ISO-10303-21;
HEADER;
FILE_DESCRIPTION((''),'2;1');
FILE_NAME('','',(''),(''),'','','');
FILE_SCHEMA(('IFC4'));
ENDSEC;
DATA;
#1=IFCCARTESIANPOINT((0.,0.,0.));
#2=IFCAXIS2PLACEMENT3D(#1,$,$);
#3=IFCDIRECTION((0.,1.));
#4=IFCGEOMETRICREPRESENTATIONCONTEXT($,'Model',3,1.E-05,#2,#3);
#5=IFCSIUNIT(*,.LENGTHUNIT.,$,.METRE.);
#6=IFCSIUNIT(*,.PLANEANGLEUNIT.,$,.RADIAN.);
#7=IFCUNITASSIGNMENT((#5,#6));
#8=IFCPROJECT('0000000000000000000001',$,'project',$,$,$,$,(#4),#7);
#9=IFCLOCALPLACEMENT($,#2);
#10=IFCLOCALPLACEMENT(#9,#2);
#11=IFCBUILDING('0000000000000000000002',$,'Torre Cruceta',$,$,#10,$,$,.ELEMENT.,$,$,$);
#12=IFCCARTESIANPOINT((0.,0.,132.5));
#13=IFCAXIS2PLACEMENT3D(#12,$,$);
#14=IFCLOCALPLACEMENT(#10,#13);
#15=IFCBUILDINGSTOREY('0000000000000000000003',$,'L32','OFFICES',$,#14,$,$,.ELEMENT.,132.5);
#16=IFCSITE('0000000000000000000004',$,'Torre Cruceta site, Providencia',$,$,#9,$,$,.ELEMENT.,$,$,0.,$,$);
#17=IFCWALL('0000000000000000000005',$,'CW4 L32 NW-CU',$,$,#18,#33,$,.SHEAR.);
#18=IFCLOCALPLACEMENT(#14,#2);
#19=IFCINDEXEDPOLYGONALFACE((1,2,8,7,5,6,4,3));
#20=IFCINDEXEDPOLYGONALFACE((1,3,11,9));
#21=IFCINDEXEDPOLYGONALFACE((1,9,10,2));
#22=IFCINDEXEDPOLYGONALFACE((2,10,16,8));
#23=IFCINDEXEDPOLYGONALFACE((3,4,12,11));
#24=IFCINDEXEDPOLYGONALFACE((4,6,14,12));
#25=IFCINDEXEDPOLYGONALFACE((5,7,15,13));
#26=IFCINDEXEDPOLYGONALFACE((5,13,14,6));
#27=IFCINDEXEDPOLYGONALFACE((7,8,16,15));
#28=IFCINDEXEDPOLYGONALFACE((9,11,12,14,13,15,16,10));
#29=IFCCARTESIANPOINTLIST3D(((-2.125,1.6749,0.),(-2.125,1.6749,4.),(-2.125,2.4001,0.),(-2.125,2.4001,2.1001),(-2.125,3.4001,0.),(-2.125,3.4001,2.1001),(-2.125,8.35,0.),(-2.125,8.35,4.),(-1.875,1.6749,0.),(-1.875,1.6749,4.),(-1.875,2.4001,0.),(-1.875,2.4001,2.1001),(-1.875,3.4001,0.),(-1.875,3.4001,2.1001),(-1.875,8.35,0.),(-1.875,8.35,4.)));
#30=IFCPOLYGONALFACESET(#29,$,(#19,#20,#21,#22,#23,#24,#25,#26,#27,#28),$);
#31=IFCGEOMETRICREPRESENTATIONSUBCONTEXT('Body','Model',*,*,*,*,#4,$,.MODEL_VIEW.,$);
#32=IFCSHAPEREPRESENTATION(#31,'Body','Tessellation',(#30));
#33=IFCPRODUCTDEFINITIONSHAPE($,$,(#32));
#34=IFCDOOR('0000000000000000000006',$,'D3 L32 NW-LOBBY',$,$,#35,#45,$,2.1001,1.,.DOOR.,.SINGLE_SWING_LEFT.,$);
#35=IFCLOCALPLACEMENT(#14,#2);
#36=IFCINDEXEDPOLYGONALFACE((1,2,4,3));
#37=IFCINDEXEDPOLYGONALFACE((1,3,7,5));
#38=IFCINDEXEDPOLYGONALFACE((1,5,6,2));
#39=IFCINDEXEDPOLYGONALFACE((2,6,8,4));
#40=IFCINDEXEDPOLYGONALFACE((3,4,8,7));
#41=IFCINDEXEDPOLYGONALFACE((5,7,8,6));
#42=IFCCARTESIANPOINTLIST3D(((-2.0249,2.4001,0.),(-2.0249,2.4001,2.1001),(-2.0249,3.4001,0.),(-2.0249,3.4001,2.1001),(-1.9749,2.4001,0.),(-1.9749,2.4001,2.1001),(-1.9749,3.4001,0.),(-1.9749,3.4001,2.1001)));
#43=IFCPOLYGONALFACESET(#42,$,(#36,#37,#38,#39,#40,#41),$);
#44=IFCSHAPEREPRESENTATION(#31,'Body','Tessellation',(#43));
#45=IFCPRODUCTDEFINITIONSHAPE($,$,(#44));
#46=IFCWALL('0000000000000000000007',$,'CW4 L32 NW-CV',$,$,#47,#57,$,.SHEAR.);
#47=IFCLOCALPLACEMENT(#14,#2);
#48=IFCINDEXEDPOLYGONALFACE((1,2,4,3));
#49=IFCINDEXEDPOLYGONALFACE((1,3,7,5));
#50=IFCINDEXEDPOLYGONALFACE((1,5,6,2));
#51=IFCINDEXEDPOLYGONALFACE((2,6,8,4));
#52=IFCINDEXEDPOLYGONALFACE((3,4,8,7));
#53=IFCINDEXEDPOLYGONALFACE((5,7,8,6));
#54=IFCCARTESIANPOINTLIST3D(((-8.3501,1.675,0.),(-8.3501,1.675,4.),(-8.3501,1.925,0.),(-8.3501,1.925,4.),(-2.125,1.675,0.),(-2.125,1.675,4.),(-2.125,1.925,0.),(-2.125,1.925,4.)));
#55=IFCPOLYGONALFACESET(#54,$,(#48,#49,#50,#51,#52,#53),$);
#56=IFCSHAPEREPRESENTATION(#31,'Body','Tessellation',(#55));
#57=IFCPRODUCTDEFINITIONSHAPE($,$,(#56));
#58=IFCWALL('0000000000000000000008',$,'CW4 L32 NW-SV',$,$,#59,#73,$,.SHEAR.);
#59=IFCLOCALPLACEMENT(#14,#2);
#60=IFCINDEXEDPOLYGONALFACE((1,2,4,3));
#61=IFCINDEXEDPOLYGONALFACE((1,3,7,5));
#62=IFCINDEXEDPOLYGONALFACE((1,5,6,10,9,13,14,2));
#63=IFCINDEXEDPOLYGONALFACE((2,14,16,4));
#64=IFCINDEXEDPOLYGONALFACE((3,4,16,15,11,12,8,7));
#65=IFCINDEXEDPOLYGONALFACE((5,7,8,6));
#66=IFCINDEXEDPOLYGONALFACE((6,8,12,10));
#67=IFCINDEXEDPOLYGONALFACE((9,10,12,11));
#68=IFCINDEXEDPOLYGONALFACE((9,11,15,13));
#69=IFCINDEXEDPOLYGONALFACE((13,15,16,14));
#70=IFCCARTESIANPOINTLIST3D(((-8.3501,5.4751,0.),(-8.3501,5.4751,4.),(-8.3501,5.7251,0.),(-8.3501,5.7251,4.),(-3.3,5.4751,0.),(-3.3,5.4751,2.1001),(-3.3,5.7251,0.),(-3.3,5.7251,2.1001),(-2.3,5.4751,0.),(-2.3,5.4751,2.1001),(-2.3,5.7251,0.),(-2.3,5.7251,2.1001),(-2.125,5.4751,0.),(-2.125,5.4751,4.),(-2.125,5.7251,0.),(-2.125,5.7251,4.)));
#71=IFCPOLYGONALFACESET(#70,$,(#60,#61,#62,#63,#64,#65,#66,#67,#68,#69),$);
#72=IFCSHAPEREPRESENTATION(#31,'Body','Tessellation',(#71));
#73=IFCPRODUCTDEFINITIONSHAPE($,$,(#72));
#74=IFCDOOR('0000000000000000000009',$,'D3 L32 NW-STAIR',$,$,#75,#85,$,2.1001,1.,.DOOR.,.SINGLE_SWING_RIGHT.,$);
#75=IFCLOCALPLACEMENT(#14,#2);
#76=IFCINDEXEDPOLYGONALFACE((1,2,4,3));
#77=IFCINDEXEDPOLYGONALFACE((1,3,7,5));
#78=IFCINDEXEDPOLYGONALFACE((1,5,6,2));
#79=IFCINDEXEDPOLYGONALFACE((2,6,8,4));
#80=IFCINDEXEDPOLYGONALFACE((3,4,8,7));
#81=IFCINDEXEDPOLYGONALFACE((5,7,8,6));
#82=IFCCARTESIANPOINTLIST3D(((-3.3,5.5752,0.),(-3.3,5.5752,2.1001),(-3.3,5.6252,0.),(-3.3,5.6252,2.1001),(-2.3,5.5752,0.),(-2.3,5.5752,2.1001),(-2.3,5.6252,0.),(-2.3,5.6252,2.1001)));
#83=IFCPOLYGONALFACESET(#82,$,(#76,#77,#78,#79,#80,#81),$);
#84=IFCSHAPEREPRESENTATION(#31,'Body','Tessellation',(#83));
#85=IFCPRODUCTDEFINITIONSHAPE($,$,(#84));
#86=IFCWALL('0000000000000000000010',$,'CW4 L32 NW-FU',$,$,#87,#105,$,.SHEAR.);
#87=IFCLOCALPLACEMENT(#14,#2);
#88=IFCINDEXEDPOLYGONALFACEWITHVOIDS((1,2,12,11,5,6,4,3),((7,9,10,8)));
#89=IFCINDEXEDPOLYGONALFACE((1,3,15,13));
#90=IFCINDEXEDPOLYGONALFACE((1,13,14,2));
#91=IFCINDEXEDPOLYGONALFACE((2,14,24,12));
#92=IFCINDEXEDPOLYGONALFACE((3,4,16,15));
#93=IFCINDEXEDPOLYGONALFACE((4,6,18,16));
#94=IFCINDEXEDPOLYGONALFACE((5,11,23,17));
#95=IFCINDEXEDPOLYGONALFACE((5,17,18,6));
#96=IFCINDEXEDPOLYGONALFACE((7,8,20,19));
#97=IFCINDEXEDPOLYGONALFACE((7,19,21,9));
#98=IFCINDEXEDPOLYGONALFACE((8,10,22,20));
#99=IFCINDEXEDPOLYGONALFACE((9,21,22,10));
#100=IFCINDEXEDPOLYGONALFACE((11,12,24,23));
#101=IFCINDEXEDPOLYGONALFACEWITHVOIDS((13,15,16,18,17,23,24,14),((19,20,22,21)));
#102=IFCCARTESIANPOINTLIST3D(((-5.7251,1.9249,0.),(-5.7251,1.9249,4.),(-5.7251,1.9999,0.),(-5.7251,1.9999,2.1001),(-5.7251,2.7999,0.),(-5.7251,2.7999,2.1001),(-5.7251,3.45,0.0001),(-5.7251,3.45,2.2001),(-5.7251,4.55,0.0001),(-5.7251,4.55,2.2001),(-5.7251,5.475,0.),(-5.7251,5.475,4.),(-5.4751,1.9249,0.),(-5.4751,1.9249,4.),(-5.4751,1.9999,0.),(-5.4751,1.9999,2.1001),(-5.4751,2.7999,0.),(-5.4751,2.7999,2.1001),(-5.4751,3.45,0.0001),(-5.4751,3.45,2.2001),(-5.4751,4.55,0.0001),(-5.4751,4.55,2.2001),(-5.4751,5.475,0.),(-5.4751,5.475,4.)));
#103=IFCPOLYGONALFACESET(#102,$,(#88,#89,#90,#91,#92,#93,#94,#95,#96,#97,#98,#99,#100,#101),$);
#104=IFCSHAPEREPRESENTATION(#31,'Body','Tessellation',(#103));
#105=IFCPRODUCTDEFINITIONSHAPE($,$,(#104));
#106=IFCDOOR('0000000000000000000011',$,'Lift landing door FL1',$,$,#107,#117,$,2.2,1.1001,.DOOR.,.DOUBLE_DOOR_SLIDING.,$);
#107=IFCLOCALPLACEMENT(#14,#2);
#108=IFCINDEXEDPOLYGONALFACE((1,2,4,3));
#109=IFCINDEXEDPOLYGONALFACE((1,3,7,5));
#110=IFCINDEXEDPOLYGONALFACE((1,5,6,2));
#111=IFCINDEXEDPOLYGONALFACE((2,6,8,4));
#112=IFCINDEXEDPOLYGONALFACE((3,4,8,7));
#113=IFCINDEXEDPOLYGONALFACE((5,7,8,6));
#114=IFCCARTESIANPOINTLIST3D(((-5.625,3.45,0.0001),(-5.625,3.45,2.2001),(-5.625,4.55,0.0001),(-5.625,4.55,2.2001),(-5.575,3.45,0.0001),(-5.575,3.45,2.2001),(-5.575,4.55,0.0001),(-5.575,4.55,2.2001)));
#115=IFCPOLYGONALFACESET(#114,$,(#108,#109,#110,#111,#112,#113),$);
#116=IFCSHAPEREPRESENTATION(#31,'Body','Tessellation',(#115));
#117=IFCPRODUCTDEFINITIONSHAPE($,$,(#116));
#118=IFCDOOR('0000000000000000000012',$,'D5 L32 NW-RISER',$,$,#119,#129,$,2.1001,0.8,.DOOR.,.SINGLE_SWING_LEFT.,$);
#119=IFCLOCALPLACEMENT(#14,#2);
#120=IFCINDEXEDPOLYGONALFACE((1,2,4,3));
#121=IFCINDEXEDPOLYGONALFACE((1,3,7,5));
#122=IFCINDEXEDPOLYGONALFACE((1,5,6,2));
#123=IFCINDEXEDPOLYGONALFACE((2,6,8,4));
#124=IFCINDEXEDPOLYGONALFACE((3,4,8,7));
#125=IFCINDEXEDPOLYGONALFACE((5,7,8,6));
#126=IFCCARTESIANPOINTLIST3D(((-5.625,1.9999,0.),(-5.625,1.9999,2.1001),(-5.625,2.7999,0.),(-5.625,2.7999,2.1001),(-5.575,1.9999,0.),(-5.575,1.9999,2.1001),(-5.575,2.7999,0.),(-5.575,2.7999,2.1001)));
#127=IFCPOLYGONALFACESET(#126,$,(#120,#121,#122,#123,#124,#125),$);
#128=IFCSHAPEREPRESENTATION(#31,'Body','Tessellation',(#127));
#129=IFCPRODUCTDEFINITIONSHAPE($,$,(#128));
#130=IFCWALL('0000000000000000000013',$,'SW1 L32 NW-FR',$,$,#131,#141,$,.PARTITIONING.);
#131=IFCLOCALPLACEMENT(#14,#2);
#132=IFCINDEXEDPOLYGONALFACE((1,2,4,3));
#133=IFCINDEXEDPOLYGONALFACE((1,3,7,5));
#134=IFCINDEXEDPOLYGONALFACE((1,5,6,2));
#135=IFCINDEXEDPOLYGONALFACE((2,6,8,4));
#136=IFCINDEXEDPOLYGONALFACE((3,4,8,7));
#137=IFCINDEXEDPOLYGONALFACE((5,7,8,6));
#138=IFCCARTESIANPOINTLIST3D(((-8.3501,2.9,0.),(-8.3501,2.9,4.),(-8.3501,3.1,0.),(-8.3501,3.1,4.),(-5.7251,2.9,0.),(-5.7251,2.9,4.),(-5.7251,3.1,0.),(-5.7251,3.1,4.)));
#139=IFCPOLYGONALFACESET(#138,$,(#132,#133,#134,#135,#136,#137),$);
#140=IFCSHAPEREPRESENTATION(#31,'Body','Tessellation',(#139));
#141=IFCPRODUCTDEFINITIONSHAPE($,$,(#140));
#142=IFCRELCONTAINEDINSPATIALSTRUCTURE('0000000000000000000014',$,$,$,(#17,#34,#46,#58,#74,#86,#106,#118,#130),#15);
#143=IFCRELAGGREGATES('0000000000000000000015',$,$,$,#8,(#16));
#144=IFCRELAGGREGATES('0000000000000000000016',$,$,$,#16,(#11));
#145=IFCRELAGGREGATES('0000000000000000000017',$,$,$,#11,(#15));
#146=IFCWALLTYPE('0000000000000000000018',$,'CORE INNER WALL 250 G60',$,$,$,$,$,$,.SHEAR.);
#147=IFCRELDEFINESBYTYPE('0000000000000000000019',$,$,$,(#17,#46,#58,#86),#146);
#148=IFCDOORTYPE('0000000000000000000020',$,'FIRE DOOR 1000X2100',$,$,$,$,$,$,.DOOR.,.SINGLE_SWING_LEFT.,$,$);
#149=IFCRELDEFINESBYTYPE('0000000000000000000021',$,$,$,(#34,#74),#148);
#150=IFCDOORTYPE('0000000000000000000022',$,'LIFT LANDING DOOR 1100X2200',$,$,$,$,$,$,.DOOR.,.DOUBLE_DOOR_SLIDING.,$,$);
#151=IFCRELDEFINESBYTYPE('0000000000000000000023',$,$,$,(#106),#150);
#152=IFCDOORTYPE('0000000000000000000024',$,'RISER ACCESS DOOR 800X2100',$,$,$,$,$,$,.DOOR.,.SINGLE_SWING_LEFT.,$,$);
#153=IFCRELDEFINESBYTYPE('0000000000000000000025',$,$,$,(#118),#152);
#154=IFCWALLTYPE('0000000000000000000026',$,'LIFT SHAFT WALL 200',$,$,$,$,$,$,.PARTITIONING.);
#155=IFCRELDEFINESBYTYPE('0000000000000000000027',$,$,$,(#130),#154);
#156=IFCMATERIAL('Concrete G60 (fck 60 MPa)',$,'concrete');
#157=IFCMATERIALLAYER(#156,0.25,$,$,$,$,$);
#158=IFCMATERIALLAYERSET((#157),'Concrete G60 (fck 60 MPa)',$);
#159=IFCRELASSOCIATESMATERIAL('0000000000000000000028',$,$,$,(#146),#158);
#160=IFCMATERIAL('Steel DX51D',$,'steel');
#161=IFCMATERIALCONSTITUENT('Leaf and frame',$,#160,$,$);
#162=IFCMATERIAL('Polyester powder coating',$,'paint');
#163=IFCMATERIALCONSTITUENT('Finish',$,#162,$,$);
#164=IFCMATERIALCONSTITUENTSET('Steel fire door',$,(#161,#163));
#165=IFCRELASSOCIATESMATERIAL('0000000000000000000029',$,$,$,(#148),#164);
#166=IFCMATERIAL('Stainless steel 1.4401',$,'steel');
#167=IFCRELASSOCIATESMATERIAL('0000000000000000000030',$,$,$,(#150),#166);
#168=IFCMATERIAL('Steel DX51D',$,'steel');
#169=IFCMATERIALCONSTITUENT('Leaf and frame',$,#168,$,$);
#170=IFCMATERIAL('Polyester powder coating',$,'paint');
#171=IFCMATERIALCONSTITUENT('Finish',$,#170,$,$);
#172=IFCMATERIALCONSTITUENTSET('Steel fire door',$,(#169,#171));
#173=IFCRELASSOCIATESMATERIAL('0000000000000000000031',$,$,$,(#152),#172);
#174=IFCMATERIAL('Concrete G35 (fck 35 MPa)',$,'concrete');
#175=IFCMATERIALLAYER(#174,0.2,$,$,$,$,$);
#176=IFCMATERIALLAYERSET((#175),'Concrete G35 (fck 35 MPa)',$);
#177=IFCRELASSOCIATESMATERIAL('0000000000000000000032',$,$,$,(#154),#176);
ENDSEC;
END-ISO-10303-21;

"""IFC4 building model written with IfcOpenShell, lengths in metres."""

from ifc_helpers import new_model, si_unit, direction, frame, frame_2d, origin, place, context, subcontext, project, spatial, rectangle, extrude, material, layer, layer_set, constituent, constituent_set, type_object, element, fill, save


model = new_model("IFC4")

# Units and contexts
model_context = context("Model", 3, precision=1e-05, world=origin(), true_north=direction((0.0, 1.0)))
body_context = subcontext(model_context, "Body", "Model", "MODEL_VIEW")
ifc_project = project(units=[si_unit("LENGTHUNIT", "METRE"), si_unit("PLANEANGLEUNIT", "RADIAN")], contexts=[model_context])

# Site, building, storey
site_placement = place(None, origin())
site = spatial("IfcSite", under=ifc_project, at=site_placement, Name="Torre Cruceta site, Providencia", CompositionType="ELEMENT", RefElevation=0.0)
building_placement = place(site_placement, origin())
building = spatial("IfcBuilding", under=site, at=building_placement, Name="Torre Cruceta", CompositionType="ELEMENT")
storey_placement = place(building_placement, frame((0.0, 0.0, 132.5)))
storey = spatial("IfcBuildingStorey", under=building, at=storey_placement, Name="L32", Description="OFFICES", CompositionType="ELEMENT", Elevation=132.5)

# Wall, opening, door
ifc_material_1 = material(Name="Concrete G60 (fck 60 MPa)", Category="concrete")
ifc_layer_1 = layer(ifc_material_1, 0.25)
ifc_layer_set_1 = layer_set([ifc_layer_1], Name="Concrete G60 (fck 60 MPa)")
wall_type_1 = type_object("IfcWallType", Name="CORE INNER WALL 250 G60", PredefinedType="SHEAR", material=ifc_layer_set_1)
wall_1_placement = place(storey_placement, frame((-2.0, 1.675, 0.0), z_axis=(0.0, 0.0, 1.0), x_axis=(0.0, 1.0, 0.0)))
wall_1 = element("IfcWall", 1, at=wall_1_placement, inside=storey, type_object=wall_type_1, Name="CW4 L32 NW-CU", PredefinedType="SHEAR", context=body_context, shape_type="SweptSolid", body=[
    extrude(rectangle(XDim=6.675, YDim=0.25, at=frame_2d((3.3374, 0.0))), origin(), (0.0, 0.0, 1.0), 4.0),
])
opening_1_placement = place(wall_1_placement, frame((0.7251, 0.0, 0.0)))
opening_1 = element("IfcOpeningElement", 2, at=opening_1_placement, cuts=wall_1, PredefinedType="OPENING", context=body_context, shape_type="SweptSolid", body=[
    extrude(rectangle(XDim=1.0, YDim=2.1001, at=frame_2d((0.5, 1.05))), frame((0.0, 0.135, 0.0), z_axis=(0.0, -1.0, 0.0), x_axis=(1.0, 0.0, 0.0)), (0.0, 0.0, 1.0), 0.27),
])
ifc_material_2 = material(Name="Steel DX51D", Category="steel")
ifc_constituent_1 = constituent(ifc_material_2, Name="Leaf and frame")
ifc_material_3 = material(Name="Polyester powder coating", Category="paint")
ifc_constituent_2 = constituent(ifc_material_3, Name="Finish")
ifc_constituent_set_1 = constituent_set(constituents=[ifc_constituent_1, ifc_constituent_2], Name="Steel fire door")
door_type_1 = type_object("IfcDoorType", Name="FIRE DOOR 1000X2100", OperationType="SINGLE_SWING_LEFT", PredefinedType="DOOR", material=ifc_constituent_set_1)
door_1_placement = place(opening_1_placement, origin())
door_1 = element("IfcDoor", 3, at=door_1_placement, inside=storey, type_object=door_type_1, Name="D3 L32 NW-LOBBY", OperationType="SINGLE_SWING_LEFT", OverallHeight=2.1001, OverallWidth=1.0, PredefinedType="DOOR", context=body_context, shape_type="SweptSolid", body=[
    extrude(rectangle(XDim=1.0, YDim=2.1001, at=frame_2d((0.5, 1.05))), frame((0.0, 0.0249, 0.0), z_axis=(0.0, -1.0, 0.0), x_axis=(1.0, 0.0, 0.0)), (0.0, 0.0, 1.0), 0.05),
])
fill(opening_1, door_1)

# Wall
wall_2_placement = place(storey_placement, frame((-2.125, 1.8, 0.0), z_axis=(0.0, 0.0, 1.0), x_axis=(-1.0, 0.0, 0.0)))
element("IfcWall", 4, at=wall_2_placement, inside=storey, type_object=wall_type_1, Name="CW4 L32 NW-CV", PredefinedType="SHEAR", context=body_context, shape_type="SweptSolid", body=[
    extrude(rectangle(XDim=6.2251, YDim=0.25, at=frame_2d((3.1125, 0.0))), origin(), (0.0, 0.0, 1.0), 4.0),
])

# Wall, opening, door
wall_3_placement = place(storey_placement, frame((-2.125, 5.6001, 0.0), z_axis=(0.0, 0.0, 1.0), x_axis=(-1.0, 0.0, 0.0)))
wall_3 = element("IfcWall", 5, at=wall_3_placement, inside=storey, type_object=wall_type_1, Name="CW4 L32 NW-SV", PredefinedType="SHEAR", context=body_context, shape_type="SweptSolid", body=[
    extrude(rectangle(XDim=6.2251, YDim=0.25, at=frame_2d((3.1125, 0.0))), origin(), (0.0, 0.0, 1.0), 4.0),
])
opening_2_placement = place(wall_3_placement, frame((0.175, 0.0, 0.0)))
opening_2 = element("IfcOpeningElement", 6, at=opening_2_placement, cuts=wall_3, PredefinedType="OPENING", context=body_context, shape_type="SweptSolid", body=[
    extrude(rectangle(XDim=1.0, YDim=2.1001, at=frame_2d((0.5, 1.05))), frame((0.0, 0.135, 0.0), z_axis=(0.0, -1.0, 0.0), x_axis=(1.0, 0.0, 0.0)), (0.0, 0.0, 1.0), 0.27),
])
door_2_placement = place(opening_2_placement, frame((1.0, 0.0, 0.0), z_axis=(0.0, 0.0, 1.0), x_axis=(-1.0, 0.0, 0.0)))
door_2 = element("IfcDoor", 7, at=door_2_placement, inside=storey, type_object=door_type_1, Name="D3 L32 NW-STAIR", OperationType="SINGLE_SWING_RIGHT", OverallHeight=2.1001, OverallWidth=1.0, PredefinedType="DOOR", context=body_context, shape_type="SweptSolid", body=[
    extrude(rectangle(XDim=1.0, YDim=2.1001, at=frame_2d((0.5, 1.05))), frame((0.0, 0.0251, 0.0), z_axis=(0.0, -1.0, 0.0), x_axis=(1.0, 0.0, 0.0)), (0.0, 0.0, 1.0), 0.05),
])
fill(opening_2, door_2)

# Wall, openings, doors
wall_4_placement = place(storey_placement, frame((-5.6001, 1.925, 0.0), z_axis=(0.0, 0.0, 1.0), x_axis=(0.0, 1.0, 0.0)))
wall_4 = element("IfcWall", 8, at=wall_4_placement, inside=storey, type_object=wall_type_1, Name="CW4 L32 NW-FU", PredefinedType="SHEAR", context=body_context, shape_type="SweptSolid", body=[
    extrude(rectangle(XDim=3.55, YDim=0.25, at=frame_2d((1.7749, 0.0))), origin(), (0.0, 0.0, 1.0), 4.0),
])
opening_3_placement = place(wall_4_placement, frame((1.5249, 0.0, 0.0)))
opening_3 = element("IfcOpeningElement", 9, at=opening_3_placement, cuts=wall_4, PredefinedType="OPENING", context=body_context, shape_type="SweptSolid", body=[
    extrude(rectangle(XDim=1.1001, YDim=2.2, at=frame_2d((0.55, 1.1001))), frame((0.0, 0.135, 0.0), z_axis=(0.0, -1.0, 0.0), x_axis=(1.0, 0.0, 0.0)), (0.0, 0.0, 1.0), 0.27),
])
opening_4_placement = place(wall_4_placement, frame((0.075, 0.0, 0.0)))
opening_4 = element("IfcOpeningElement", 10, at=opening_4_placement, cuts=wall_4, PredefinedType="OPENING", context=body_context, shape_type="SweptSolid", body=[
    extrude(rectangle(XDim=0.8, YDim=2.1001, at=frame_2d((0.3999, 1.05))), frame((0.0, 0.135, 0.0), z_axis=(0.0, -1.0, 0.0), x_axis=(1.0, 0.0, 0.0)), (0.0, 0.0, 1.0), 0.27),
])
ifc_material_4 = material(Name="Stainless steel 1.4401", Category="steel")
door_type_2 = type_object("IfcDoorType", Name="LIFT LANDING DOOR 1100X2200", OperationType="DOUBLE_DOOR_SLIDING", PredefinedType="DOOR", material=ifc_material_4)
door_3_placement = place(opening_3_placement, origin())
door_3 = element("IfcDoor", 11, at=door_3_placement, inside=storey, type_object=door_type_2, Name="Lift landing door FL1", OperationType="DOUBLE_DOOR_SLIDING", OverallHeight=2.2, OverallWidth=1.1001, PredefinedType="DOOR", context=body_context, shape_type="SweptSolid", body=[
    extrude(rectangle(XDim=1.1001, YDim=2.2, at=frame_2d((0.55, 1.1001))), frame((0.0, 0.0249, 0.0), z_axis=(0.0, -1.0, 0.0), x_axis=(1.0, 0.0, 0.0)), (0.0, 0.0, 1.0), 0.05),
])
fill(opening_3, door_3)
ifc_material_5 = material(Name="Steel DX51D", Category="steel")
ifc_constituent_3 = constituent(ifc_material_5, Name="Leaf and frame")
ifc_material_6 = material(Name="Polyester powder coating", Category="paint")
ifc_constituent_4 = constituent(ifc_material_6, Name="Finish")
ifc_constituent_set_2 = constituent_set(constituents=[ifc_constituent_3, ifc_constituent_4], Name="Steel fire door")
door_type_3 = type_object("IfcDoorType", Name="RISER ACCESS DOOR 800X2100", OperationType="SINGLE_SWING_LEFT", PredefinedType="DOOR", material=ifc_constituent_set_2)
door_4_placement = place(opening_4_placement, origin())
door_4 = element("IfcDoor", 12, at=door_4_placement, inside=storey, type_object=door_type_3, Name="D5 L32 NW-RISER", OperationType="SINGLE_SWING_LEFT", OverallHeight=2.1001, OverallWidth=0.8, PredefinedType="DOOR", context=body_context, shape_type="SweptSolid", body=[
    extrude(rectangle(XDim=0.8, YDim=2.1001, at=frame_2d((0.3999, 1.05))), frame((0.0, 0.0249, 0.0), z_axis=(0.0, -1.0, 0.0), x_axis=(1.0, 0.0, 0.0)), (0.0, 0.0, 1.0), 0.05),
])
fill(opening_4, door_4)

# Wall
ifc_material_7 = material(Name="Concrete G35 (fck 35 MPa)", Category="concrete")
ifc_layer_2 = layer(ifc_material_7, 0.2)
ifc_layer_set_2 = layer_set([ifc_layer_2], Name="Concrete G35 (fck 35 MPa)")
wall_type_2 = type_object("IfcWallType", Name="LIFT SHAFT WALL 200", PredefinedType="PARTITIONING", material=ifc_layer_set_2)
wall_5_placement = place(storey_placement, frame((-5.7251, 3.0, 0.0), z_axis=(0.0, 0.0, 1.0), x_axis=(-1.0, 0.0, 0.0)))
element("IfcWall", 13, at=wall_5_placement, inside=storey, type_object=wall_type_2, Name="SW1 L32 NW-FR", PredefinedType="PARTITIONING", context=body_context, shape_type="SweptSolid", body=[
    extrude(rectangle(XDim=2.625, YDim=0.2, at=frame_2d((1.3125, 0.0))), origin(), (0.0, 0.0, 1.0), 4.0),
])

save(model, "model.ifc")
